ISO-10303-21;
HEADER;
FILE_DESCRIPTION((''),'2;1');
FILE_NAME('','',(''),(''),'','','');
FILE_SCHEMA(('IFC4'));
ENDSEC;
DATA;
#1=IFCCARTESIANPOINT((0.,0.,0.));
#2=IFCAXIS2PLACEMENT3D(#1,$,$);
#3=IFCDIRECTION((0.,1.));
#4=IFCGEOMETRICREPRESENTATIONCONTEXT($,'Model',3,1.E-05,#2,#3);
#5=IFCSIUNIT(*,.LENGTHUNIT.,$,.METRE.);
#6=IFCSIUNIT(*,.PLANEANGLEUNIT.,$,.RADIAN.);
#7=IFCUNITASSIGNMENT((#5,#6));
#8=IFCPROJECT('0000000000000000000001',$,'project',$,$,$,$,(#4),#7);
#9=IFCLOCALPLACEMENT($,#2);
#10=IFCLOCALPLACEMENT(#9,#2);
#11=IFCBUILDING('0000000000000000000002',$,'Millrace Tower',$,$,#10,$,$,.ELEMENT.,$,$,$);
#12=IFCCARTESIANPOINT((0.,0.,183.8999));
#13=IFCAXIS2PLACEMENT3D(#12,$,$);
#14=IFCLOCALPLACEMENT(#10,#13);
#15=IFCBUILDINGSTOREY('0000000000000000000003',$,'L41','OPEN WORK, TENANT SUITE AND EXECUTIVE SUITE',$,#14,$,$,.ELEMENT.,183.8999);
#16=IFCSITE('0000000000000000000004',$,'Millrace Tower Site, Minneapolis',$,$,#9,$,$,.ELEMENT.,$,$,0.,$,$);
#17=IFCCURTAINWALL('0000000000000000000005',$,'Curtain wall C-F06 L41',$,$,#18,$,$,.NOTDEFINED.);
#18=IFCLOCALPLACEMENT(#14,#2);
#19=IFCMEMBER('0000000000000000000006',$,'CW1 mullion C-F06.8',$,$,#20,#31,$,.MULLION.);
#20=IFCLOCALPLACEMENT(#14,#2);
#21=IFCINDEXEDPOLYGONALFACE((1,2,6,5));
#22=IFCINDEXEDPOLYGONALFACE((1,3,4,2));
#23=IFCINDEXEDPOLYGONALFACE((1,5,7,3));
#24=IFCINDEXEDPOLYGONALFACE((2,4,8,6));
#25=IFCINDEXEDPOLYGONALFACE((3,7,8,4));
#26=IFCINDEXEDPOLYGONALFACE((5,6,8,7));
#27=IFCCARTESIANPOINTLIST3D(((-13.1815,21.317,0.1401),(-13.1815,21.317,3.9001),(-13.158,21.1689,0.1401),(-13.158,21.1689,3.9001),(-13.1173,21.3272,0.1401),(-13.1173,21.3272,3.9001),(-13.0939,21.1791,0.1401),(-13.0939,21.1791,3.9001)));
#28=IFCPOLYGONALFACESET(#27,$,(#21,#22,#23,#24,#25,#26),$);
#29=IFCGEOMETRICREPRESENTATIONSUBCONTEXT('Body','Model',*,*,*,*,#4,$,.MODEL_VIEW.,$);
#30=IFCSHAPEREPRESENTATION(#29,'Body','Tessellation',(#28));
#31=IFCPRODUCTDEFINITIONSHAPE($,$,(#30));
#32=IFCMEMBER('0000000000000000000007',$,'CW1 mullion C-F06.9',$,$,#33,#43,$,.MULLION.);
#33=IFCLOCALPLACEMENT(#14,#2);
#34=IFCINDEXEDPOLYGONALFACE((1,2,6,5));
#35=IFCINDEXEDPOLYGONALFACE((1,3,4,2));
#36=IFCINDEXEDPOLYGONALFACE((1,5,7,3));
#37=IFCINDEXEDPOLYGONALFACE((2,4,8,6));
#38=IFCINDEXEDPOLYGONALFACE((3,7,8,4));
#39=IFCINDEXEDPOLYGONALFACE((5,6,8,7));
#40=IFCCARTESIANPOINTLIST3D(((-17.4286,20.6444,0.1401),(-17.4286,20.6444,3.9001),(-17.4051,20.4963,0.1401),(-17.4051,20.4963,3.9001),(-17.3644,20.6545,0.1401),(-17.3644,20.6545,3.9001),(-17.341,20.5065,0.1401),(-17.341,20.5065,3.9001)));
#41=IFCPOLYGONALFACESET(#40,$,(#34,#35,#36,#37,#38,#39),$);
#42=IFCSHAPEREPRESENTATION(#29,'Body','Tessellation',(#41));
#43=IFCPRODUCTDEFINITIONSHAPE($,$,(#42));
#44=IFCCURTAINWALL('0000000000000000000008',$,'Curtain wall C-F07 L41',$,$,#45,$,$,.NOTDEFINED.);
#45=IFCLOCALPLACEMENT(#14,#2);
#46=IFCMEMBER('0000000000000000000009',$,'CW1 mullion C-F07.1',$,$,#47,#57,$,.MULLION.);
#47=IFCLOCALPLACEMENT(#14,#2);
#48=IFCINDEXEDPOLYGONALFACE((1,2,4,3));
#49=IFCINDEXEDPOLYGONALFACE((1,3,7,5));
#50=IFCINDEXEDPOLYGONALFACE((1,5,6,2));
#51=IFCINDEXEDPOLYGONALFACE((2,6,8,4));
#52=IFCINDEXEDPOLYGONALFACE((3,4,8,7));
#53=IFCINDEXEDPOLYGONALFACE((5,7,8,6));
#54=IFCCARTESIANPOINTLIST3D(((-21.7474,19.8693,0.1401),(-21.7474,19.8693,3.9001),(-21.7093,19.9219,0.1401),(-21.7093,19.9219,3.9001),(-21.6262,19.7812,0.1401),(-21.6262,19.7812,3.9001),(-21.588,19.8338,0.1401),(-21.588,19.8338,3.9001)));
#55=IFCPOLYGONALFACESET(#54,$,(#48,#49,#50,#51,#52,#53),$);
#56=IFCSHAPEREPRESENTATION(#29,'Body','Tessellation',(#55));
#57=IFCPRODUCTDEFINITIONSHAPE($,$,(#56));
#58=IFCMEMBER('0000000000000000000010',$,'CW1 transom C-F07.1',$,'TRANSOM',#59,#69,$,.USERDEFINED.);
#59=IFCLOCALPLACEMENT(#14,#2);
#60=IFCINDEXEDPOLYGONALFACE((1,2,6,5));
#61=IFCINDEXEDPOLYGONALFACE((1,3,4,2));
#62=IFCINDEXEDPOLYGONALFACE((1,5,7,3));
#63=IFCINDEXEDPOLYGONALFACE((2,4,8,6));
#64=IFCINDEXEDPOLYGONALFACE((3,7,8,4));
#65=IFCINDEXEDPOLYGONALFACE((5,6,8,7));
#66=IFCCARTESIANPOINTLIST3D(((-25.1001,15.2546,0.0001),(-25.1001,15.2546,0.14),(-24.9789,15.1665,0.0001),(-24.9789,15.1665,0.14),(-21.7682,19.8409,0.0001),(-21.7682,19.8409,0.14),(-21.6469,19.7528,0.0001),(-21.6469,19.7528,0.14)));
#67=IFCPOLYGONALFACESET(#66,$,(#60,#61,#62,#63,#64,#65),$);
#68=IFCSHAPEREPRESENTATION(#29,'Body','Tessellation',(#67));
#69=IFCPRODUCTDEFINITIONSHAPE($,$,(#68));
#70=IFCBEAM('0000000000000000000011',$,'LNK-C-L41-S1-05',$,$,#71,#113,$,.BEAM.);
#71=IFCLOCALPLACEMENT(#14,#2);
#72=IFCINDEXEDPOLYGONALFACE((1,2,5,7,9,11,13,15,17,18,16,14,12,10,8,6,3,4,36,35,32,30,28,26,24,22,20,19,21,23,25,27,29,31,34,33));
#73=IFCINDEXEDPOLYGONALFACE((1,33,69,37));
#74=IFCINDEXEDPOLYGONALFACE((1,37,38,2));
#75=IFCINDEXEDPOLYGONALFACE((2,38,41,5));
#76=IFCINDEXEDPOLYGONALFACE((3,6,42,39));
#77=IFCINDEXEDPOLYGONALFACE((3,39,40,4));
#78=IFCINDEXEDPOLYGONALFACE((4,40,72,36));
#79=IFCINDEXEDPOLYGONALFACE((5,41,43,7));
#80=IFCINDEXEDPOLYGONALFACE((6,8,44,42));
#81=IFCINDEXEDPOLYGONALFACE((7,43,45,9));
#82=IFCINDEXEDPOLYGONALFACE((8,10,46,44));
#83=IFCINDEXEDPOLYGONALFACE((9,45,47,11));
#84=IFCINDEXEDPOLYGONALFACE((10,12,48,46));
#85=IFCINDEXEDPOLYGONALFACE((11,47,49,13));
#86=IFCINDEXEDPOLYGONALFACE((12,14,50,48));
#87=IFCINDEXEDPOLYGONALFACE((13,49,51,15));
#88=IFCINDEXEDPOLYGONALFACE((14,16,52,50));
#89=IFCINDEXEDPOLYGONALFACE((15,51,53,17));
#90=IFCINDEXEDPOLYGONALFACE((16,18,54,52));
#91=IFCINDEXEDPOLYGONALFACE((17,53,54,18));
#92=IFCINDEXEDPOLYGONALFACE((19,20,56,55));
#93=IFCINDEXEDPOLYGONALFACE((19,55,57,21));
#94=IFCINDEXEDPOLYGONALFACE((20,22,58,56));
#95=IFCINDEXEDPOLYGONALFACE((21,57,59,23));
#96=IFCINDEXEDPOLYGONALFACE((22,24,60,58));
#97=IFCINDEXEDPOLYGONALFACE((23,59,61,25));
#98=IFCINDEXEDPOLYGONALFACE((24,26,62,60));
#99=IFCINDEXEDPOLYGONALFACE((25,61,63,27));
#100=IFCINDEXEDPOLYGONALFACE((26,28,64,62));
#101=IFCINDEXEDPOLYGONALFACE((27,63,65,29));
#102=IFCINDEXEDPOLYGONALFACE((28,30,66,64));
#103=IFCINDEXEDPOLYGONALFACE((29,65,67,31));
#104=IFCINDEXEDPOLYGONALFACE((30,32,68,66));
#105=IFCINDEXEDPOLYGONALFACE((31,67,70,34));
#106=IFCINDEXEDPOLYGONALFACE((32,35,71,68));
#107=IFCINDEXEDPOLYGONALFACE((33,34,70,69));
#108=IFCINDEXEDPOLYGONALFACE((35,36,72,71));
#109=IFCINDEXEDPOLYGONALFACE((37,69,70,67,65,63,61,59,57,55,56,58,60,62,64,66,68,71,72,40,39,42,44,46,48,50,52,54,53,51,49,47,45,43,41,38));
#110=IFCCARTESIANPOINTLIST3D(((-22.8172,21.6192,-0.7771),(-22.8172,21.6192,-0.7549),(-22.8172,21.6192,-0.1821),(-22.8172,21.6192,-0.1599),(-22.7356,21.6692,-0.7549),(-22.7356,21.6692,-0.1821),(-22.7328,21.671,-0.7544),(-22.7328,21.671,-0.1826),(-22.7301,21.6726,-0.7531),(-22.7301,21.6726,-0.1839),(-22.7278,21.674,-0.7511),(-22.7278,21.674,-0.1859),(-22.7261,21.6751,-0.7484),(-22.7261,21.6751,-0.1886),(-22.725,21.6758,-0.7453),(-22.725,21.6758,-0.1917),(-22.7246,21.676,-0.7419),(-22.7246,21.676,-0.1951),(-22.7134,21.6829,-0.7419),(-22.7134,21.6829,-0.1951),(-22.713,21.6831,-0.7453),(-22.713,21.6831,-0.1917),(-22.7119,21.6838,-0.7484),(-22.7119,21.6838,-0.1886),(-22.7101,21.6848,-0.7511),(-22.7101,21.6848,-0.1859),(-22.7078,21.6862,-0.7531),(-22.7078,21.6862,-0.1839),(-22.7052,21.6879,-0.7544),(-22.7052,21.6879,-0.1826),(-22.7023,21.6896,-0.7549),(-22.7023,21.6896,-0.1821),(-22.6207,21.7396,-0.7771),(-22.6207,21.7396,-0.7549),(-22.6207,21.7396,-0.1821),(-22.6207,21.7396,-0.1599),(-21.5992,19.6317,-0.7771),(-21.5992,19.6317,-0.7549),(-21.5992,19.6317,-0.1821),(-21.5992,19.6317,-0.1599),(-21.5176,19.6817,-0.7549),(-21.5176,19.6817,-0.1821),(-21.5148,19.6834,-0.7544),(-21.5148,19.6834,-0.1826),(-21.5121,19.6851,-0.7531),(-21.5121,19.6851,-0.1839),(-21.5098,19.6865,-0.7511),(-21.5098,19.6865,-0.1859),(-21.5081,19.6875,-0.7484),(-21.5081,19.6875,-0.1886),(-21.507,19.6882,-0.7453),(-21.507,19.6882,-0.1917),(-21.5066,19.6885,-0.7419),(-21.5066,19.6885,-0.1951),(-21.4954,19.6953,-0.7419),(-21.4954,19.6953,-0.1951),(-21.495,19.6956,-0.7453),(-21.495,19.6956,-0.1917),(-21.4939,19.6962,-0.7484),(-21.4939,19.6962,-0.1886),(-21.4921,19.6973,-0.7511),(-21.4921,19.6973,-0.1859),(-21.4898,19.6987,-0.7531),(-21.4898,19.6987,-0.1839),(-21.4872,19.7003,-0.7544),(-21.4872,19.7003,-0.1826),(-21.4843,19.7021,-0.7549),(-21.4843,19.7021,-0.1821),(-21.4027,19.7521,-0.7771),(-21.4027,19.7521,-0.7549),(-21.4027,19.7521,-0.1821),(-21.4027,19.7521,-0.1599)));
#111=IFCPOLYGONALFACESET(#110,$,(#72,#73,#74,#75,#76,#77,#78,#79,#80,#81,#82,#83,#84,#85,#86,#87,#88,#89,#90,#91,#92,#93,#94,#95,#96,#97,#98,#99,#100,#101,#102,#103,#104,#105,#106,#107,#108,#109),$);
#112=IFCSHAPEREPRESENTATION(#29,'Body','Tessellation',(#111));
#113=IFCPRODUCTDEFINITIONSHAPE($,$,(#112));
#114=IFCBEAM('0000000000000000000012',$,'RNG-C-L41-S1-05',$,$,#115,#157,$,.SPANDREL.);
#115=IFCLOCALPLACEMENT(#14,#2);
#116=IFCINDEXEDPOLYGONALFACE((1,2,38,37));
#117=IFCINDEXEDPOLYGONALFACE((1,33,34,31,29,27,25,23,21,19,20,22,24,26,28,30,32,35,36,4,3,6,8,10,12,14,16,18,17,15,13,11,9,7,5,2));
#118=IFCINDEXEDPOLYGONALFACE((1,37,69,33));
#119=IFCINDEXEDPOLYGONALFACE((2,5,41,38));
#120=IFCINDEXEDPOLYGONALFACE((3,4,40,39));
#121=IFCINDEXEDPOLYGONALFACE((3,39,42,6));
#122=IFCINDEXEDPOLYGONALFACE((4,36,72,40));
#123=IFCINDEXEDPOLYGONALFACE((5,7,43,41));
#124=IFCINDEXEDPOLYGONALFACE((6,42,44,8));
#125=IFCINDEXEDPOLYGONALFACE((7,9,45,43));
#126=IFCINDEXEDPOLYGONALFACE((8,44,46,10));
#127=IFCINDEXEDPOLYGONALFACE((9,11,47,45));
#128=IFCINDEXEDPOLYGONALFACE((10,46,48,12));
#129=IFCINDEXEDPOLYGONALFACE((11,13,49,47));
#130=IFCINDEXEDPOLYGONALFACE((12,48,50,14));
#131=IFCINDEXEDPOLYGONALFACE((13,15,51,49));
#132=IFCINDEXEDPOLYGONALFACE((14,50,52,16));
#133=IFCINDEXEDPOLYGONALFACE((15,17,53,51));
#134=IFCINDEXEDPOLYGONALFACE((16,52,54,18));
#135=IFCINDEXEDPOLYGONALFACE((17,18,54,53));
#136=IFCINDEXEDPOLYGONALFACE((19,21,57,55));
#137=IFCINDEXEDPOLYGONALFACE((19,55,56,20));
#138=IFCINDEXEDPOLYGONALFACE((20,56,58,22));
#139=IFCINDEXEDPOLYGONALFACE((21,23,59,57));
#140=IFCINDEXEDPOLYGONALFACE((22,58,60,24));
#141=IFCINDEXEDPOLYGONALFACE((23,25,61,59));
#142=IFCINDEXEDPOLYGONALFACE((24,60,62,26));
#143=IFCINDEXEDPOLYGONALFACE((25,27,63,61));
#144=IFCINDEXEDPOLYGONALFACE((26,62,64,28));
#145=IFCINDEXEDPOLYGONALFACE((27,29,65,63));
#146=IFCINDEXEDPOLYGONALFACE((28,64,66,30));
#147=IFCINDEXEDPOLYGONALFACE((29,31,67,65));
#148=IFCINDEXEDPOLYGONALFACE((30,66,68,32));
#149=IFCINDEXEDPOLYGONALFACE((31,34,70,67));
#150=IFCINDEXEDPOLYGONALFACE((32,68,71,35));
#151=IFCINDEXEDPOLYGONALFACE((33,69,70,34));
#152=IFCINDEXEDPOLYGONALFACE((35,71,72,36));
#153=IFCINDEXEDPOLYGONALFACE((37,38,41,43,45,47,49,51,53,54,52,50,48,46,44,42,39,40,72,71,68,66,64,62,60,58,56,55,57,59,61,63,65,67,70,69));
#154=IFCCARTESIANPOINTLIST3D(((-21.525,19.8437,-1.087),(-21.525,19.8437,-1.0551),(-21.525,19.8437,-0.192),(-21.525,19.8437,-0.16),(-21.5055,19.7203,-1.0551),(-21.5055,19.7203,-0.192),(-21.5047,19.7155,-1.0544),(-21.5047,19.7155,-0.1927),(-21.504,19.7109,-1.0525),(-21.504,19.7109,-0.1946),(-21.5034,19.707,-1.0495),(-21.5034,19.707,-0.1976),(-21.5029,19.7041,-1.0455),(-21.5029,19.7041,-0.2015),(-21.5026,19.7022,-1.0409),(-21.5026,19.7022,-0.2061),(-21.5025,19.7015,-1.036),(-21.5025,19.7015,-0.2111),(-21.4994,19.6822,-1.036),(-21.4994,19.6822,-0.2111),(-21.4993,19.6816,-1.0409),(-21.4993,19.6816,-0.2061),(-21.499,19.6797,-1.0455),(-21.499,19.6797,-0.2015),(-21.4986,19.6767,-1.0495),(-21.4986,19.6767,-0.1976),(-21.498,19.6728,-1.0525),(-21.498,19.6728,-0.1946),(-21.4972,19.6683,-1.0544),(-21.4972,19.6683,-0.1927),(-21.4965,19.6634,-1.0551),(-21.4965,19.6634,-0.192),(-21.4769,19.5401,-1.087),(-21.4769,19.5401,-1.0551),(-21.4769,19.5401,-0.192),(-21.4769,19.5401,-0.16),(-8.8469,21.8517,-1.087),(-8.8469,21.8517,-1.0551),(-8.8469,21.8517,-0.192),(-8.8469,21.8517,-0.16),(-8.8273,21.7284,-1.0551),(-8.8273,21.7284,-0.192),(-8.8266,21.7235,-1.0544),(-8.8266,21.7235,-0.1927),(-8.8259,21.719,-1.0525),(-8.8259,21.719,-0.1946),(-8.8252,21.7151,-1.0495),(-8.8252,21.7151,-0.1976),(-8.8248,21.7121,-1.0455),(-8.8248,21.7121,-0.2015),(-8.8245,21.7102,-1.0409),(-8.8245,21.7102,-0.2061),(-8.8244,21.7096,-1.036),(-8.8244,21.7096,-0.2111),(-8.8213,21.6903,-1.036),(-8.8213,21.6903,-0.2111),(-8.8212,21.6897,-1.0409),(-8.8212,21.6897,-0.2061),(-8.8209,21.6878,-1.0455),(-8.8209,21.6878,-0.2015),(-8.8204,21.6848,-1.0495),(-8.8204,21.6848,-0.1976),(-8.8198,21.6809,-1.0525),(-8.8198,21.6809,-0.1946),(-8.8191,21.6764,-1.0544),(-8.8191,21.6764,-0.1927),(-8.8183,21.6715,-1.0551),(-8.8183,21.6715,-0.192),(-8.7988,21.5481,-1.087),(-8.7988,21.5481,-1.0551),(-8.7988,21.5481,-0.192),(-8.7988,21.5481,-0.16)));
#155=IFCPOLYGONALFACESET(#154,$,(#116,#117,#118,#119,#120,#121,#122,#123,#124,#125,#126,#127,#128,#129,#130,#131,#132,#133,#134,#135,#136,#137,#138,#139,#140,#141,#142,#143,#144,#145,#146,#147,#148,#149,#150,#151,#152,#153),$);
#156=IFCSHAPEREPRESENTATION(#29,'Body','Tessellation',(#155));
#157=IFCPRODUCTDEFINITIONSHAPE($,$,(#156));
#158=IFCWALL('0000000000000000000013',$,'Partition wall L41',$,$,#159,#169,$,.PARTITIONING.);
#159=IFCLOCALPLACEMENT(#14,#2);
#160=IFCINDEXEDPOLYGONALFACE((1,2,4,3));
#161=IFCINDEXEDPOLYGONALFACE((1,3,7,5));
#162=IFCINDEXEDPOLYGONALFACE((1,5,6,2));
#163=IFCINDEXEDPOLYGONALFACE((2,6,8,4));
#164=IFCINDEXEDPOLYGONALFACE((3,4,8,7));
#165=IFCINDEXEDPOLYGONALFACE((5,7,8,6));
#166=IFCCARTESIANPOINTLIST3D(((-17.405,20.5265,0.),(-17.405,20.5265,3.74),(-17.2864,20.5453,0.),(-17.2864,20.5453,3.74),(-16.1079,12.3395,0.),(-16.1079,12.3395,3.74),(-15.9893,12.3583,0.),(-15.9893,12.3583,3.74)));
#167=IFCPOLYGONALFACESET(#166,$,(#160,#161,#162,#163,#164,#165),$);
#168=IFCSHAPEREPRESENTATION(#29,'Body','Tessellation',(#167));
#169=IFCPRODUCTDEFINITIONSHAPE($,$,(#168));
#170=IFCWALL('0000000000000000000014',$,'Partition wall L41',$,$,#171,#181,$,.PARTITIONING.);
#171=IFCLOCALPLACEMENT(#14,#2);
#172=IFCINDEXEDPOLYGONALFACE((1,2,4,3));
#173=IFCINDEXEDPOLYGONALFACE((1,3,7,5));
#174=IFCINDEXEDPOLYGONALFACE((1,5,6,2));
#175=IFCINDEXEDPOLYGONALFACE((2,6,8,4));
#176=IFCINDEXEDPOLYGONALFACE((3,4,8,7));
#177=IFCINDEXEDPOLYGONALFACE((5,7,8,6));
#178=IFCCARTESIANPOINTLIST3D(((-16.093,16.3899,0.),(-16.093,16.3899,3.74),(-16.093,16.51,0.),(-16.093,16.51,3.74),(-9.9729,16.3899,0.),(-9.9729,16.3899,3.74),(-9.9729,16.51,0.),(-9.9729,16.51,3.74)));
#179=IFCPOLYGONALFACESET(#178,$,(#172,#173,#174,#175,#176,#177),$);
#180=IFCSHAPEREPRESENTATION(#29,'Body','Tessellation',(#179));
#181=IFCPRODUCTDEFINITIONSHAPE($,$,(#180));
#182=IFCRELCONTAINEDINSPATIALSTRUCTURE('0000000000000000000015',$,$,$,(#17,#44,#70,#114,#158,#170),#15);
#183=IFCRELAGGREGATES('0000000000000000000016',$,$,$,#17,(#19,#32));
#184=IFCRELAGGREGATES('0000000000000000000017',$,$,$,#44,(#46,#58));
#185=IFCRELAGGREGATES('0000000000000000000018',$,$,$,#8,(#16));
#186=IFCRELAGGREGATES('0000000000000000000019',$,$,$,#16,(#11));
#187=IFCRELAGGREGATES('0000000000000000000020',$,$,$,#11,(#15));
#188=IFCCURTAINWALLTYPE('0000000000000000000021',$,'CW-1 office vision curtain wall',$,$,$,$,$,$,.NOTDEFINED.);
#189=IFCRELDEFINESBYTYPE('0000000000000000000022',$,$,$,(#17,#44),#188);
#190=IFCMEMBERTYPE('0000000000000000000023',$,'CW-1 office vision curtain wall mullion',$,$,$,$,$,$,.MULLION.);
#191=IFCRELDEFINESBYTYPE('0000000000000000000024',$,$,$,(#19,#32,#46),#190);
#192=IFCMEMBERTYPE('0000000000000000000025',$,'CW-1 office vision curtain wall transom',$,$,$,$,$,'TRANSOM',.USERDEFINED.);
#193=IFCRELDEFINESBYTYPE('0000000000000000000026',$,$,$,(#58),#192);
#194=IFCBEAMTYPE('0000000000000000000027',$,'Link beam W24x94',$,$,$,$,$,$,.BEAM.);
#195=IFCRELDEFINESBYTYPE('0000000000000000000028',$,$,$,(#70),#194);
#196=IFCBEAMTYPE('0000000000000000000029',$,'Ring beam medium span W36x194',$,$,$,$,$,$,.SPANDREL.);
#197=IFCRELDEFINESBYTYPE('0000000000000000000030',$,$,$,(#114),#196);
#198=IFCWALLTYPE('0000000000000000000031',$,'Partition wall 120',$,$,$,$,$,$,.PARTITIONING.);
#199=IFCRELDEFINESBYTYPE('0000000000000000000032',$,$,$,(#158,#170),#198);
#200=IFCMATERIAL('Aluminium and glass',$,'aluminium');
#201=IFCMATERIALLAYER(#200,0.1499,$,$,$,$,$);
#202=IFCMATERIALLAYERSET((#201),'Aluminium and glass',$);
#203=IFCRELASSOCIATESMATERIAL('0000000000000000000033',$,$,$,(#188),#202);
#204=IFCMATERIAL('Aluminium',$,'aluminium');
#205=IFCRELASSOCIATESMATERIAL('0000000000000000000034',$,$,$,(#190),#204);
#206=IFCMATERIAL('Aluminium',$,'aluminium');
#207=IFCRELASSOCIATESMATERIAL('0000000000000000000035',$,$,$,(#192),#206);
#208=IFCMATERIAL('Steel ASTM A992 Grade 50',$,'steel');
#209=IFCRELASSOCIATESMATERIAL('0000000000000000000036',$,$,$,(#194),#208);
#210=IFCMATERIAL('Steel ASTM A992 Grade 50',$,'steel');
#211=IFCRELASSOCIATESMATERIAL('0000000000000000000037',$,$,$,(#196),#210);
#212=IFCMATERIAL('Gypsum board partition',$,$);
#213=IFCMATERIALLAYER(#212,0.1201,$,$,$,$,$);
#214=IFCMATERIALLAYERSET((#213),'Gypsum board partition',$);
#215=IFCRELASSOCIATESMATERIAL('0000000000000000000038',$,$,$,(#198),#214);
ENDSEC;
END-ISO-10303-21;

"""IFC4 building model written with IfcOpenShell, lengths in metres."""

from ifc_helpers import new_model, si_unit, direction, frame, frame_2d, origin, origin_2d, place, context, subcontext, project, spatial, rectangle, i_section, extrude, material, layer, layer_set, material_profile, profile_set, type_object, element, aggregate, save


model = new_model("IFC4")

# Units and contexts
model_context = context("Model", 3, precision=1e-05, world=origin(), true_north=direction((0.0, 1.0)))
body_context = subcontext(model_context, "Body", "Model", "MODEL_VIEW")
ifc_project = project(units=[si_unit("LENGTHUNIT", "METRE"), si_unit("PLANEANGLEUNIT", "RADIAN")], contexts=[model_context])

# Site, building, storey
site_placement = place(None, origin())
site = spatial("IfcSite", under=ifc_project, at=site_placement, Name="Millrace Tower Site, Minneapolis", CompositionType="ELEMENT", RefElevation=0.0)
building_placement = place(site_placement, origin())
building = spatial("IfcBuilding", under=site, at=building_placement, Name="Millrace Tower", CompositionType="ELEMENT")
storey_placement = place(building_placement, frame((0.0, 0.0, 183.8999)))
storey = spatial("IfcBuildingStorey", under=building, at=storey_placement, Name="L41", Description="OPEN WORK, TENANT SUITE AND EXECUTIVE SUITE", CompositionType="ELEMENT", Elevation=183.8999)

# Curtain walls, members
ifc_material_1 = material(Name="Aluminium and glass", Category="aluminium")
ifc_layer_1 = layer(ifc_material_1, 0.1499)
ifc_layer_set_1 = layer_set([ifc_layer_1], Name="Aluminium and glass")
curtain_wall_type = type_object("IfcCurtainWallType", Name="CW-1 office vision curtain wall", PredefinedType="NOTDEFINED", material=ifc_layer_set_1)
placement = place(storey_placement, origin())
curtain_wall_1 = element("IfcCurtainWall", 1, at=placement, inside=storey, type_object=curtain_wall_type, Name="Curtain wall C-F06 L41", PredefinedType="NOTDEFINED")
ifc_material_2 = material(Name="Aluminium", Category="aluminium")
ifc_material_profile_1 = material_profile(ifc_material_2, rectangle(XDim=0.0649, YDim=0.1499, at=origin_2d()))
ifc_profile_set_1 = profile_set([ifc_material_profile_1], Name="Aluminium")
member_type_1 = type_object("IfcMemberType", Name="CW-1 office vision curtain wall mullion", PredefinedType="MULLION", material=ifc_profile_set_1)
member_1_placement = place(storey_placement, frame((-13.1377, 21.248, 0.1401), z_axis=(0.0, 0.0, 1.0), x_axis=(-0.987688, -0.156434, 0.0)))
member_1 = element("IfcMember", 2, at=member_1_placement, type_object=member_type_1, Name="CW1 mullion C-F06.8", PredefinedType="MULLION", context=body_context, shape_type="SweptSolid", body=[
    extrude(rectangle(XDim=0.0649, YDim=0.1499, at=origin_2d()), origin(), (0.0, 0.0, 1.0), 3.76),
])
member_2_placement = place(storey_placement, frame((-17.3848, 20.5754, 0.1401), z_axis=(0.0, 0.0, 1.0), x_axis=(-0.987688, -0.156434, 0.0)))
member_2 = element("IfcMember", 3, at=member_2_placement, type_object=member_type_1, Name="CW1 mullion C-F06.9", PredefinedType="MULLION", context=body_context, shape_type="SweptSolid", body=[
    extrude(rectangle(XDim=0.0649, YDim=0.1499, at=origin_2d()), origin(), (0.0, 0.0, 1.0), 3.76),
])
aggregate(curtain_wall_1, [member_1, member_2])
curtain_wall_2 = element("IfcCurtainWall", 4, at=placement, inside=storey, type_object=curtain_wall_type, Name="Curtain wall C-F07 L41", PredefinedType="NOTDEFINED")
member_3_placement = place(storey_placement, frame((-21.6677, 19.8516, 0.1401), z_axis=(0.0, 0.0, 1.0), x_axis=(-0.587785, -0.809017, 0.0)))
member_3 = element("IfcMember", 5, at=member_3_placement, type_object=member_type_1, Name="CW1 mullion C-F07.1", PredefinedType="MULLION", context=body_context, shape_type="SweptSolid", body=[
    extrude(rectangle(XDim=0.0649, YDim=0.1499, at=origin_2d()), origin(), (0.0, 0.0, 1.0), 3.76),
])
ifc_material_3 = material(Name="Aluminium", Category="aluminium")
ifc_material_profile_2 = material_profile(ifc_material_3, rectangle(XDim=0.1499, YDim=0.1399, at=origin_2d()))
ifc_profile_set_2 = profile_set([ifc_material_profile_2], Name="Aluminium")
member_type_2 = type_object("IfcMemberType", Name="CW-1 office vision curtain wall transom", ElementType="TRANSOM", PredefinedType="USERDEFINED", material=ifc_profile_set_2)
member_4_placement = place(storey_placement, frame((-21.7075, 19.7969, 0.0701), z_axis=(-0.587762, -0.809034, 0.0), x_axis=(0.809034, -0.587762, 0.0)))
member_4 = element("IfcMember", 6, at=member_4_placement, type_object=member_type_2, Name="CW1 transom C-F07.1", ObjectType="TRANSOM", PredefinedType="USERDEFINED", context=body_context, shape_type="SweptSolid", body=[
    extrude(rectangle(XDim=0.1499, YDim=0.1399, at=origin_2d()), origin(), (0.0, 0.0, 1.0), 5.6689),
])
aggregate(curtain_wall_2, [member_3, member_4])

# Beams
ifc_material_4 = material(Name="Steel ASTM A992 Grade 50", Category="steel")
ifc_material_profile_3 = material_profile(ifc_material_4, i_section(OverallWidth=0.2305, OverallDepth=0.6172, WebThickness=0.0132, FlangeThickness=0.0222, FilletRadius=0.0129, at=origin_2d()))
ifc_profile_set_3 = profile_set([ifc_material_profile_3], Name="Steel ASTM A992 Grade 50")
beam_type_1 = type_object("IfcBeamType", Name="Link beam W24x94", PredefinedType="BEAM", material=ifc_profile_set_3)
beam_1_placement = place(storey_placement, frame((-21.501, 19.6919, -0.4685), z_axis=(-0.522513, 0.852631, 0.0), x_axis=(-0.852631, -0.522513, 0.0)))
element("IfcBeam", 7, at=beam_1_placement, inside=storey, type_object=beam_type_1, Name="LNK-C-L41-S1-05", PredefinedType="BEAM", context=body_context, shape_type="SweptSolid", body=[
    extrude(i_section(OverallWidth=0.2305, OverallDepth=0.6172, WebThickness=0.0132, FlangeThickness=0.0222, FilletRadius=0.0129, at=origin_2d()), origin(), (0.0, 0.0, 1.0), 2.3311),
])
ifc_material_5 = material(Name="Steel ASTM A992 Grade 50", Category="steel")
ifc_material_profile_4 = material_profile(ifc_material_5, i_section(OverallWidth=0.3074, OverallDepth=0.927, WebThickness=0.0195, FlangeThickness=0.032, FilletRadius=0.019, at=origin_2d()))
ifc_profile_set_4 = profile_set([ifc_material_profile_4], Name="Steel ASTM A992 Grade 50")
beam_type_2 = type_object("IfcBeamType", Name="Ring beam medium span W36x194", PredefinedType="SPANDREL", material=ifc_profile_set_4)
beam_2_placement = place(storey_placement, frame((-21.501, 19.6919, -0.6235), z_axis=(0.987688, 0.156436, 0.0), x_axis=(-0.156436, 0.987688, 0.0)))
element("IfcBeam", 8, at=beam_2_placement, inside=storey, type_object=beam_type_2, Name="RNG-C-L41-S1-05", PredefinedType="SPANDREL", context=body_context, shape_type="SweptSolid", body=[
    extrude(i_section(OverallWidth=0.3074, OverallDepth=0.927, WebThickness=0.0195, FlangeThickness=0.032, FilletRadius=0.019, at=origin_2d()), origin(), (0.0, 0.0, 1.0), 12.8362),
])

# Walls
ifc_material_6 = material(Name="Gypsum board partition")
ifc_layer_2 = layer(ifc_material_6, 0.1201)
ifc_layer_set_2 = layer_set([ifc_layer_2], Name="Gypsum board partition")
wall_type = type_object("IfcWallType", Name="Partition wall 120", PredefinedType="PARTITIONING", material=ifc_layer_set_2)
wall_1_placement = place(storey_placement, frame((-17.3457, 20.5359, 0.0), z_axis=(0.0, 0.0, 1.0), x_axis=(0.156484, -0.98768, 0.0)))
element("IfcWall", 9, at=wall_1_placement, inside=storey, type_object=wall_type, Name="Partition wall L41", PredefinedType="PARTITIONING", context=body_context, shape_type="SweptSolid", body=[
    extrude(rectangle(XDim=8.2891, YDim=0.1201, at=frame_2d((4.1445, 0.0))), origin(), (0.0, 0.0, 1.0), 3.74),
])
wall_2_placement = place(storey_placement, frame((-16.093, 16.45, 0.0), z_axis=(0.0, 0.0, 1.0), x_axis=(1.0, 0.0, 0.0)))
element("IfcWall", 10, at=wall_2_placement, inside=storey, type_object=wall_type, Name="Partition wall L41", PredefinedType="PARTITIONING", context=body_context, shape_type="SweptSolid", body=[
    extrude(rectangle(XDim=6.1201, YDim=0.1201, at=frame_2d((3.0601, 0.0))), origin(), (0.0, 0.0, 1.0), 3.74),
])

save(model, "model.ifc")
